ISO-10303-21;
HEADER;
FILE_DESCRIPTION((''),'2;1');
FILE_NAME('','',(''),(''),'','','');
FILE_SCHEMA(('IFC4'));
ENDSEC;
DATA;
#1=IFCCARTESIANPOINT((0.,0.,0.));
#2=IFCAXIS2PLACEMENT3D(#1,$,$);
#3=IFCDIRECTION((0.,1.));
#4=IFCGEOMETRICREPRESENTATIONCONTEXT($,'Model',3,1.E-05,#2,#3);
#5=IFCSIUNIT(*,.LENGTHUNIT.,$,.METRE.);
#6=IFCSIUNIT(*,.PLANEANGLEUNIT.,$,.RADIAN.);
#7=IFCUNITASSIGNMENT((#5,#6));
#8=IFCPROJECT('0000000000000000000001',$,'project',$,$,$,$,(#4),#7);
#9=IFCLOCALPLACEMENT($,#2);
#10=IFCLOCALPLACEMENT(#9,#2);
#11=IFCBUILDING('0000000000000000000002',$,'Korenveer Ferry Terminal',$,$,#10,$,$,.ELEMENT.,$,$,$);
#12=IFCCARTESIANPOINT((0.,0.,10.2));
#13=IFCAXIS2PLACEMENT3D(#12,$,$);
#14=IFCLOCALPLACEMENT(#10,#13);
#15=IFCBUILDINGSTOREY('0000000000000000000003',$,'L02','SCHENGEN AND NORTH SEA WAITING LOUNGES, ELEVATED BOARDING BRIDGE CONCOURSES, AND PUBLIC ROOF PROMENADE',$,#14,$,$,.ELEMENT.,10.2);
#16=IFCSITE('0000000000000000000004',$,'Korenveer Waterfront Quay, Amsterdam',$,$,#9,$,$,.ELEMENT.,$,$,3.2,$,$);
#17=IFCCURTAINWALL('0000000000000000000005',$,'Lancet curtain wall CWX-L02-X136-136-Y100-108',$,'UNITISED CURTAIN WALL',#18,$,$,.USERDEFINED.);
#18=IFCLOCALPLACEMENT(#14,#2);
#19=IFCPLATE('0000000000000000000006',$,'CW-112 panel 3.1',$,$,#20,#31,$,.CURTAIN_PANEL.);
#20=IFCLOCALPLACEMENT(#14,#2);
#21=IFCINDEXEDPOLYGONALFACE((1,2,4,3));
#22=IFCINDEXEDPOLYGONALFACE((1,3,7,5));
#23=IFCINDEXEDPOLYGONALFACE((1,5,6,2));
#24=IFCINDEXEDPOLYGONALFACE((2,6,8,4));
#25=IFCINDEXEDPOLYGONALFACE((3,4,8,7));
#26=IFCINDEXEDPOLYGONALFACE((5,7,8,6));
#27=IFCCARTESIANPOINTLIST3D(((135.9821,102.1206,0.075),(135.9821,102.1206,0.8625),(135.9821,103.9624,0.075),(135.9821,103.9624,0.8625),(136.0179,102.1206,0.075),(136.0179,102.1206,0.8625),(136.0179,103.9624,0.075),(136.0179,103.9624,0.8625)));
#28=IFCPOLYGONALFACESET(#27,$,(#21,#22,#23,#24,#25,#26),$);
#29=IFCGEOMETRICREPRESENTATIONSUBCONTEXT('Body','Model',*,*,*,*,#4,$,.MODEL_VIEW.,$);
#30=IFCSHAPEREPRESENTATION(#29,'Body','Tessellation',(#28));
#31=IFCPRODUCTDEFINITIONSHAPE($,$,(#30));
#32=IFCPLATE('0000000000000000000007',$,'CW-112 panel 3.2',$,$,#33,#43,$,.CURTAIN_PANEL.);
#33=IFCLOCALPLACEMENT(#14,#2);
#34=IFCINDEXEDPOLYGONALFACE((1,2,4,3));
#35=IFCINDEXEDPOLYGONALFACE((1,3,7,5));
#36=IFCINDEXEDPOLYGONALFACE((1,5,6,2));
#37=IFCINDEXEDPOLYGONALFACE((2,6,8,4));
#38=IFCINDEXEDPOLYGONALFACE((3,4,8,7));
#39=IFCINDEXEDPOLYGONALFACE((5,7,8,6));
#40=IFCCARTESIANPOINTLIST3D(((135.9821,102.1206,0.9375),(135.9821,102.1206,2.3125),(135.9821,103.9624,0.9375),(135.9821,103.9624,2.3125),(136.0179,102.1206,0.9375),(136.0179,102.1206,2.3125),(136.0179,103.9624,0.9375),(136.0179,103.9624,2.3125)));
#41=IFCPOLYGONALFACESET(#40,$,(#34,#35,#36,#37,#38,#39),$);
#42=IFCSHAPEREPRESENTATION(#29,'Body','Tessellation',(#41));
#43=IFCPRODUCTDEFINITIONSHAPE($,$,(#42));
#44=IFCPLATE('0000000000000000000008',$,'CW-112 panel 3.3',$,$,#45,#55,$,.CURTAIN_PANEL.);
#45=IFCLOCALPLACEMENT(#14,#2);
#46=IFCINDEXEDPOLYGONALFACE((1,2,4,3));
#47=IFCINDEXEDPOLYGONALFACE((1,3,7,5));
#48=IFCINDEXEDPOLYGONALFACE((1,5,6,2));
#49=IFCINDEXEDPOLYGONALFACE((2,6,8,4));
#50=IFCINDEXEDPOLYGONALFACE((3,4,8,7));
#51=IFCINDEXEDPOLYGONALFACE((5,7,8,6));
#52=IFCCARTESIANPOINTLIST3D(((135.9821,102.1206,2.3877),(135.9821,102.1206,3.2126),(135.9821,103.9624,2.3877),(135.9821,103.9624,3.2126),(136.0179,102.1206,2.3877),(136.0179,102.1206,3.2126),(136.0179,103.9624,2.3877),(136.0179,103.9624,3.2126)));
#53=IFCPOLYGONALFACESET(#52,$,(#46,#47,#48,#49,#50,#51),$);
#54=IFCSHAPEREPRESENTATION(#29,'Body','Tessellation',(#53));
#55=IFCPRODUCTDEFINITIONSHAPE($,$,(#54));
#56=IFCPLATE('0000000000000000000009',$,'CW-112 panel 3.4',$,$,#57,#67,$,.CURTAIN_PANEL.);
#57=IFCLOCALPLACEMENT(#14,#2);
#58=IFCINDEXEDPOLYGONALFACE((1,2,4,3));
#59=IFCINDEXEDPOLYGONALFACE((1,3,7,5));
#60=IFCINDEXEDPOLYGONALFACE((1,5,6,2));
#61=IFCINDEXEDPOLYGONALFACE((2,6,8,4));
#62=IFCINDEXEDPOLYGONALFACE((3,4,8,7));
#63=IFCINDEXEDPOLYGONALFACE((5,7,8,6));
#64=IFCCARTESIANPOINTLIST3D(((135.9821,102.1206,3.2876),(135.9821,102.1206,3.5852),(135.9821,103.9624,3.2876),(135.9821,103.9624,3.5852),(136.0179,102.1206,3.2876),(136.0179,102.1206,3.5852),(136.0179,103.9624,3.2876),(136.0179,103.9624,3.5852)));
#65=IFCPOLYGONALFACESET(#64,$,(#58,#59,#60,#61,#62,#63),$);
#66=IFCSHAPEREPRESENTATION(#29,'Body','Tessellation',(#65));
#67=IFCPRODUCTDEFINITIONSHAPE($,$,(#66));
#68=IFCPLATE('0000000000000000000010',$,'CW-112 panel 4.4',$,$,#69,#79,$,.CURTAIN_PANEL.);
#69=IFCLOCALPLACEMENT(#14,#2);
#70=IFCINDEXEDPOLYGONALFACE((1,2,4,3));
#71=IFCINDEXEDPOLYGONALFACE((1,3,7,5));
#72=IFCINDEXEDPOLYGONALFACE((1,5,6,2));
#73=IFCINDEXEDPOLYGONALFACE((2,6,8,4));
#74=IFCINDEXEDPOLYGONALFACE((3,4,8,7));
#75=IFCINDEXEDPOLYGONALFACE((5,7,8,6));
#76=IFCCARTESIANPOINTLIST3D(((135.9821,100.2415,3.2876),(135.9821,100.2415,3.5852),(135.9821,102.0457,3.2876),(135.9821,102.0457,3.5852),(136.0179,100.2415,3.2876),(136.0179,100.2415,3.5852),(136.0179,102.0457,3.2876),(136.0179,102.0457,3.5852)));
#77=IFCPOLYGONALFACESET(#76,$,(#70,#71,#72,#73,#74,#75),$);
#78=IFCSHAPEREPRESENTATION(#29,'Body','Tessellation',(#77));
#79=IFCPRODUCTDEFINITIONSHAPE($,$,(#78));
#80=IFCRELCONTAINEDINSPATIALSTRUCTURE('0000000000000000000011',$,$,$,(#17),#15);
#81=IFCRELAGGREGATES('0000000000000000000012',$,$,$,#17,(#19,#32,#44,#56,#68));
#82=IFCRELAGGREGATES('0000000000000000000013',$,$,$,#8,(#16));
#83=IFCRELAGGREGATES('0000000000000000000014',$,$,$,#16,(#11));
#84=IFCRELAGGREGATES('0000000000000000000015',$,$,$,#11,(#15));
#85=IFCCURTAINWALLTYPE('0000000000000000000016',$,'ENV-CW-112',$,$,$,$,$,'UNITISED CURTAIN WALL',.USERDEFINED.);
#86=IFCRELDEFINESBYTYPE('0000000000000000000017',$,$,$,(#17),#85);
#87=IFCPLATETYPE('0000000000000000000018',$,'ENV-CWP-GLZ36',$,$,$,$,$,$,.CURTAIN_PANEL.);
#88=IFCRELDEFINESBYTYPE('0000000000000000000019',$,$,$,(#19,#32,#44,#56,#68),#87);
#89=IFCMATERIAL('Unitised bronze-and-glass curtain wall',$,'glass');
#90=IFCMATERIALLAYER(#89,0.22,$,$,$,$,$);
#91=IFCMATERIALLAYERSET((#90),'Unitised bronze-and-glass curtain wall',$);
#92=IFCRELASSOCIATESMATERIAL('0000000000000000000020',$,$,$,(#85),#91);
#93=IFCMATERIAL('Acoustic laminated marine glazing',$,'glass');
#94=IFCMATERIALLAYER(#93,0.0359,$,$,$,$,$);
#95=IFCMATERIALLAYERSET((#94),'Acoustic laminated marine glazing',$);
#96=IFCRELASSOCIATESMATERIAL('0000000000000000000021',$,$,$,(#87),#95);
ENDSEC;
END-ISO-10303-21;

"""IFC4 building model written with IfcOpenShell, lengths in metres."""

from ifc_helpers import new_model, si_unit, direction, frame, origin, origin_2d, place, context, subcontext, project, spatial, rectangle, extrude, material, layer, layer_set, type_object, element, aggregate, save


model = new_model("IFC4")

# Units and contexts
model_context = context("Model", 3, precision=1e-05, world=origin(), true_north=direction((0.0, 1.0)))
body_context = subcontext(model_context, "Body", "Model", "MODEL_VIEW")
ifc_project = project(units=[si_unit("LENGTHUNIT", "METRE"), si_unit("PLANEANGLEUNIT", "RADIAN")], contexts=[model_context])

# Site, building, storey
site_placement = place(None, origin())
site = spatial("IfcSite", under=ifc_project, at=site_placement, Name="Korenveer Waterfront Quay, Amsterdam", CompositionType="ELEMENT", RefElevation=3.2)
building_placement = place(site_placement, origin())
building = spatial("IfcBuilding", under=site, at=building_placement, Name="Korenveer Ferry Terminal", CompositionType="ELEMENT")
storey_placement = place(building_placement, frame((0.0, 0.0, 10.2)))
storey = spatial("IfcBuildingStorey", under=building, at=storey_placement, Name="L02", Description="SCHENGEN AND NORTH SEA WAITING LOUNGES, ELEVATED BOARDING BRIDGE CONCOURSES, AND PUBLIC ROOF PROMENADE", CompositionType="ELEMENT", Elevation=10.2)

# Curtain wall, plates
ifc_material_1 = material(Name="Unitised bronze-and-glass curtain wall", Category="glass")
ifc_layer_1 = layer(ifc_material_1, 0.22)
ifc_layer_set_1 = layer_set([ifc_layer_1], Name="Unitised bronze-and-glass curtain wall")
curtain_wall_type = type_object("IfcCurtainWallType", Name="ENV-CW-112", ElementType="UNITISED CURTAIN WALL", PredefinedType="USERDEFINED", material=ifc_layer_set_1)
curtain_wall_placement = place(storey_placement, frame((136.0, 107.8335, 0.0)))
curtain_wall = element("IfcCurtainWall", 1, at=curtain_wall_placement, inside=storey, type_object=curtain_wall_type, Name="Lancet curtain wall CWX-L02-X136-136-Y100-108", ObjectType="UNITISED CURTAIN WALL", PredefinedType="USERDEFINED")
ifc_material_2 = material(Name="Acoustic laminated marine glazing", Category="glass")
ifc_layer_2 = layer(ifc_material_2, 0.0359)
ifc_layer_set_2 = layer_set([ifc_layer_2], Name="Acoustic laminated marine glazing")
plate_type = type_object("IfcPlateType", Name="ENV-CWP-GLZ36", PredefinedType="CURTAIN_PANEL", material=ifc_layer_set_2)
plate_1_placement = place(storey_placement, frame((136.0, 103.0415, 0.075), z_axis=(0.0, 0.0, 1.0), x_axis=(0.0, -1.0, 0.0)))
plate_1 = element("IfcPlate", 2, at=plate_1_placement, type_object=plate_type, Name="CW-112 panel 3.1", PredefinedType="CURTAIN_PANEL", context=body_context, shape_type="SweptSolid", body=[
    extrude(rectangle(XDim=1.8418, YDim=0.0359, at=origin_2d()), origin(), (0.0, 0.0, 1.0), 0.7876),
])
plate_2_placement = place(storey_placement, frame((136.0, 103.0415, 0.9375), z_axis=(0.0, 0.0, 1.0), x_axis=(0.0, -1.0, 0.0)))
plate_2 = element("IfcPlate", 3, at=plate_2_placement, type_object=plate_type, Name="CW-112 panel 3.2", PredefinedType="CURTAIN_PANEL", context=body_context, shape_type="SweptSolid", body=[
    extrude(rectangle(XDim=1.8418, YDim=0.0359, at=origin_2d()), origin(), (0.0, 0.0, 1.0), 1.375),
])
plate_3_placement = place(storey_placement, frame((136.0, 103.0415, 2.3877), z_axis=(0.0, 0.0, 1.0), x_axis=(0.0, -1.0, 0.0)))
plate_3 = element("IfcPlate", 4, at=plate_3_placement, type_object=plate_type, Name="CW-112 panel 3.3", PredefinedType="CURTAIN_PANEL", context=body_context, shape_type="SweptSolid", body=[
    extrude(rectangle(XDim=1.8418, YDim=0.0359, at=origin_2d()), origin(), (0.0, 0.0, 1.0), 0.825),
])
plate_4_placement = place(storey_placement, frame((136.0, 103.0415, 3.2876), z_axis=(0.0, 0.0, 1.0), x_axis=(0.0, -1.0, 0.0)))
plate_4 = element("IfcPlate", 5, at=plate_4_placement, type_object=plate_type, Name="CW-112 panel 3.4", PredefinedType="CURTAIN_PANEL", context=body_context, shape_type="SweptSolid", body=[
    extrude(rectangle(XDim=1.8418, YDim=0.0359, at=origin_2d()), origin(), (0.0, 0.0, 1.0), 0.2976),
])
plate_5_placement = place(storey_placement, frame((136.0, 101.1436, 3.2876), z_axis=(0.0, 0.0, 1.0), x_axis=(0.0, -1.0, 0.0)))
plate_5 = element("IfcPlate", 6, at=plate_5_placement, type_object=plate_type, Name="CW-112 panel 4.4", PredefinedType="CURTAIN_PANEL", context=body_context, shape_type="SweptSolid", body=[
    extrude(rectangle(XDim=1.8042, YDim=0.0359, at=origin_2d()), origin(), (0.0, 0.0, 1.0), 0.2976),
])
aggregate(curtain_wall, [plate_1, plate_2, plate_3, plate_4, plate_5])

save(model, "model.ifc")
